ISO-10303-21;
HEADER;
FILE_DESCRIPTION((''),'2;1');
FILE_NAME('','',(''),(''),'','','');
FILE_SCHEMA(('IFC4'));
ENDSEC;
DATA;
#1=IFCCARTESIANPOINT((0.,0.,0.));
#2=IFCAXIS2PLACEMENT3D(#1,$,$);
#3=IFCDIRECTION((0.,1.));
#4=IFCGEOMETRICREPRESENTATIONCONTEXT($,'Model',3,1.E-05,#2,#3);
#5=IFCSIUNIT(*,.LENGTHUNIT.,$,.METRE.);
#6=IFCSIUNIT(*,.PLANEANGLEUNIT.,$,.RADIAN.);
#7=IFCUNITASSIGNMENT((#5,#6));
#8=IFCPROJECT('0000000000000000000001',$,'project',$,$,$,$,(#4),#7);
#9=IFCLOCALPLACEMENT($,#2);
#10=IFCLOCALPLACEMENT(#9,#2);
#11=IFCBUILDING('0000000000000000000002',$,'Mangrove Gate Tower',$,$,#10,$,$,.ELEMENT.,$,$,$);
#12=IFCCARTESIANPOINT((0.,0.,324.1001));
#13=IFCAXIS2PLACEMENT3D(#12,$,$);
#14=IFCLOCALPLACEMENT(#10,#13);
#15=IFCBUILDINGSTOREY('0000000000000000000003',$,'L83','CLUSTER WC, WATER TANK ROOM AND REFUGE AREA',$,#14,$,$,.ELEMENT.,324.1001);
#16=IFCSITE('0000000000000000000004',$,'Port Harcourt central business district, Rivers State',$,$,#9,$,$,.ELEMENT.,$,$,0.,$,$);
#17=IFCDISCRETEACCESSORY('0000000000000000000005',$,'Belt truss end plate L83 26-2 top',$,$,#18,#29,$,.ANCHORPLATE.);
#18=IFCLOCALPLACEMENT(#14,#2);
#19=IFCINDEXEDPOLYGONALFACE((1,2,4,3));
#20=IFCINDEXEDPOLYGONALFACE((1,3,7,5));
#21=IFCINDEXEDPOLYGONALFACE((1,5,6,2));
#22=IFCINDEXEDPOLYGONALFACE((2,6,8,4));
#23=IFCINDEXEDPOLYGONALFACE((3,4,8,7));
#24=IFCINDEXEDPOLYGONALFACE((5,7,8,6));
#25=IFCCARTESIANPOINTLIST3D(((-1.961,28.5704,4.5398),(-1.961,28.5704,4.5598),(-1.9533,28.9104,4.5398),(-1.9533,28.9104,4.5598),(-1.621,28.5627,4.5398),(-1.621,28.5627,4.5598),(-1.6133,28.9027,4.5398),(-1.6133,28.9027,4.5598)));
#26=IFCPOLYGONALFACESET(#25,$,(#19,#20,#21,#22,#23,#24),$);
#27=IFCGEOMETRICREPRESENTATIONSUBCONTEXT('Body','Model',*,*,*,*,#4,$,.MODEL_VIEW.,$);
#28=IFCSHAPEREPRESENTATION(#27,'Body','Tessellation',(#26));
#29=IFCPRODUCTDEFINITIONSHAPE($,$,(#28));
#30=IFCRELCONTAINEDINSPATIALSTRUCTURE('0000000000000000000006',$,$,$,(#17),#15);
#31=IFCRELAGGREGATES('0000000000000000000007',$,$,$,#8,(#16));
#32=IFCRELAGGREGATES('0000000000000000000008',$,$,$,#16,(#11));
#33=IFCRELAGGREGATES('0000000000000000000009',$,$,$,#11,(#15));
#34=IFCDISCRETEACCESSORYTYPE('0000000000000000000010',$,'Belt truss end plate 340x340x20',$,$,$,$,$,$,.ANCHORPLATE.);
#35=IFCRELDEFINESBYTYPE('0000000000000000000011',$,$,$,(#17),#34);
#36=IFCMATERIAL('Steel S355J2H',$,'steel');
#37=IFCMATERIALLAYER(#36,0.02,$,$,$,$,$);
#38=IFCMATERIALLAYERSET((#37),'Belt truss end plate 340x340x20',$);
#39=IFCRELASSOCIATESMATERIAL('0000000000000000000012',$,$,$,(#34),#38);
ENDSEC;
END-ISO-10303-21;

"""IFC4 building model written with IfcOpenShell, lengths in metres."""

from ifc_helpers import new_model, si_unit, direction, frame, origin, origin_2d, place, context, subcontext, project, spatial, rectangle, extrude, material, layer, layer_set, type_object, element, save


model = new_model("IFC4")

# Units and contexts
model_context = context("Model", 3, precision=1e-05, world=origin(), true_north=direction((0.0, 1.0)))
body_context = subcontext(model_context, "Body", "Model", "MODEL_VIEW")
ifc_project = project(units=[si_unit("LENGTHUNIT", "METRE"), si_unit("PLANEANGLEUNIT", "RADIAN")], contexts=[model_context])

# Site, building, storey
site_placement = place(None, origin())
site = spatial("IfcSite", under=ifc_project, at=site_placement, Name="Port Harcourt central business district, Rivers State", CompositionType="ELEMENT", RefElevation=0.0)
building_placement = place(site_placement, origin())
building = spatial("IfcBuilding", under=site, at=building_placement, Name="Mangrove Gate Tower", CompositionType="ELEMENT")
storey_placement = place(building_placement, frame((0.0, 0.0, 324.1001)))
storey = spatial("IfcBuildingStorey", under=building, at=storey_placement, Name="L83", Description="CLUSTER WC, WATER TANK ROOM AND REFUGE AREA", CompositionType="ELEMENT", Elevation=324.1001)

# Discrete accessory
ifc_material_1 = material(Name="Steel S355J2H", Category="steel")
ifc_layer = layer(ifc_material_1, 0.02)
ifc_layer_set = layer_set([ifc_layer], Name="Belt truss end plate 340x340x20")
discrete_accessory_type = type_object("IfcDiscreteAccessoryType", Name="Belt truss end plate 340x340x20", PredefinedType="ANCHORPLATE", material=ifc_layer_set)
for number, where, z_axis, x_axis, name in (
    (1, (-1.7871, 28.7366, 4.5398), (0.0, 0.0, 1.0), (-0.999743, 0.022663, 0.0), "Belt truss end plate L83 26-2 top"),
):
    element("IfcDiscreteAccessory", number, at=place(storey_placement, frame(where, z_axis=z_axis, x_axis=x_axis)), inside=storey, type_object=discrete_accessory_type, Name=name, PredefinedType="ANCHORPLATE", context=body_context, shape_type="SweptSolid", body=[
        extrude(rectangle(XDim=0.3401, YDim=0.3401, at=origin_2d()), origin(), (0.0, 0.0, 1.0), 0.02),
    ])

save(model, "model.ifc")
